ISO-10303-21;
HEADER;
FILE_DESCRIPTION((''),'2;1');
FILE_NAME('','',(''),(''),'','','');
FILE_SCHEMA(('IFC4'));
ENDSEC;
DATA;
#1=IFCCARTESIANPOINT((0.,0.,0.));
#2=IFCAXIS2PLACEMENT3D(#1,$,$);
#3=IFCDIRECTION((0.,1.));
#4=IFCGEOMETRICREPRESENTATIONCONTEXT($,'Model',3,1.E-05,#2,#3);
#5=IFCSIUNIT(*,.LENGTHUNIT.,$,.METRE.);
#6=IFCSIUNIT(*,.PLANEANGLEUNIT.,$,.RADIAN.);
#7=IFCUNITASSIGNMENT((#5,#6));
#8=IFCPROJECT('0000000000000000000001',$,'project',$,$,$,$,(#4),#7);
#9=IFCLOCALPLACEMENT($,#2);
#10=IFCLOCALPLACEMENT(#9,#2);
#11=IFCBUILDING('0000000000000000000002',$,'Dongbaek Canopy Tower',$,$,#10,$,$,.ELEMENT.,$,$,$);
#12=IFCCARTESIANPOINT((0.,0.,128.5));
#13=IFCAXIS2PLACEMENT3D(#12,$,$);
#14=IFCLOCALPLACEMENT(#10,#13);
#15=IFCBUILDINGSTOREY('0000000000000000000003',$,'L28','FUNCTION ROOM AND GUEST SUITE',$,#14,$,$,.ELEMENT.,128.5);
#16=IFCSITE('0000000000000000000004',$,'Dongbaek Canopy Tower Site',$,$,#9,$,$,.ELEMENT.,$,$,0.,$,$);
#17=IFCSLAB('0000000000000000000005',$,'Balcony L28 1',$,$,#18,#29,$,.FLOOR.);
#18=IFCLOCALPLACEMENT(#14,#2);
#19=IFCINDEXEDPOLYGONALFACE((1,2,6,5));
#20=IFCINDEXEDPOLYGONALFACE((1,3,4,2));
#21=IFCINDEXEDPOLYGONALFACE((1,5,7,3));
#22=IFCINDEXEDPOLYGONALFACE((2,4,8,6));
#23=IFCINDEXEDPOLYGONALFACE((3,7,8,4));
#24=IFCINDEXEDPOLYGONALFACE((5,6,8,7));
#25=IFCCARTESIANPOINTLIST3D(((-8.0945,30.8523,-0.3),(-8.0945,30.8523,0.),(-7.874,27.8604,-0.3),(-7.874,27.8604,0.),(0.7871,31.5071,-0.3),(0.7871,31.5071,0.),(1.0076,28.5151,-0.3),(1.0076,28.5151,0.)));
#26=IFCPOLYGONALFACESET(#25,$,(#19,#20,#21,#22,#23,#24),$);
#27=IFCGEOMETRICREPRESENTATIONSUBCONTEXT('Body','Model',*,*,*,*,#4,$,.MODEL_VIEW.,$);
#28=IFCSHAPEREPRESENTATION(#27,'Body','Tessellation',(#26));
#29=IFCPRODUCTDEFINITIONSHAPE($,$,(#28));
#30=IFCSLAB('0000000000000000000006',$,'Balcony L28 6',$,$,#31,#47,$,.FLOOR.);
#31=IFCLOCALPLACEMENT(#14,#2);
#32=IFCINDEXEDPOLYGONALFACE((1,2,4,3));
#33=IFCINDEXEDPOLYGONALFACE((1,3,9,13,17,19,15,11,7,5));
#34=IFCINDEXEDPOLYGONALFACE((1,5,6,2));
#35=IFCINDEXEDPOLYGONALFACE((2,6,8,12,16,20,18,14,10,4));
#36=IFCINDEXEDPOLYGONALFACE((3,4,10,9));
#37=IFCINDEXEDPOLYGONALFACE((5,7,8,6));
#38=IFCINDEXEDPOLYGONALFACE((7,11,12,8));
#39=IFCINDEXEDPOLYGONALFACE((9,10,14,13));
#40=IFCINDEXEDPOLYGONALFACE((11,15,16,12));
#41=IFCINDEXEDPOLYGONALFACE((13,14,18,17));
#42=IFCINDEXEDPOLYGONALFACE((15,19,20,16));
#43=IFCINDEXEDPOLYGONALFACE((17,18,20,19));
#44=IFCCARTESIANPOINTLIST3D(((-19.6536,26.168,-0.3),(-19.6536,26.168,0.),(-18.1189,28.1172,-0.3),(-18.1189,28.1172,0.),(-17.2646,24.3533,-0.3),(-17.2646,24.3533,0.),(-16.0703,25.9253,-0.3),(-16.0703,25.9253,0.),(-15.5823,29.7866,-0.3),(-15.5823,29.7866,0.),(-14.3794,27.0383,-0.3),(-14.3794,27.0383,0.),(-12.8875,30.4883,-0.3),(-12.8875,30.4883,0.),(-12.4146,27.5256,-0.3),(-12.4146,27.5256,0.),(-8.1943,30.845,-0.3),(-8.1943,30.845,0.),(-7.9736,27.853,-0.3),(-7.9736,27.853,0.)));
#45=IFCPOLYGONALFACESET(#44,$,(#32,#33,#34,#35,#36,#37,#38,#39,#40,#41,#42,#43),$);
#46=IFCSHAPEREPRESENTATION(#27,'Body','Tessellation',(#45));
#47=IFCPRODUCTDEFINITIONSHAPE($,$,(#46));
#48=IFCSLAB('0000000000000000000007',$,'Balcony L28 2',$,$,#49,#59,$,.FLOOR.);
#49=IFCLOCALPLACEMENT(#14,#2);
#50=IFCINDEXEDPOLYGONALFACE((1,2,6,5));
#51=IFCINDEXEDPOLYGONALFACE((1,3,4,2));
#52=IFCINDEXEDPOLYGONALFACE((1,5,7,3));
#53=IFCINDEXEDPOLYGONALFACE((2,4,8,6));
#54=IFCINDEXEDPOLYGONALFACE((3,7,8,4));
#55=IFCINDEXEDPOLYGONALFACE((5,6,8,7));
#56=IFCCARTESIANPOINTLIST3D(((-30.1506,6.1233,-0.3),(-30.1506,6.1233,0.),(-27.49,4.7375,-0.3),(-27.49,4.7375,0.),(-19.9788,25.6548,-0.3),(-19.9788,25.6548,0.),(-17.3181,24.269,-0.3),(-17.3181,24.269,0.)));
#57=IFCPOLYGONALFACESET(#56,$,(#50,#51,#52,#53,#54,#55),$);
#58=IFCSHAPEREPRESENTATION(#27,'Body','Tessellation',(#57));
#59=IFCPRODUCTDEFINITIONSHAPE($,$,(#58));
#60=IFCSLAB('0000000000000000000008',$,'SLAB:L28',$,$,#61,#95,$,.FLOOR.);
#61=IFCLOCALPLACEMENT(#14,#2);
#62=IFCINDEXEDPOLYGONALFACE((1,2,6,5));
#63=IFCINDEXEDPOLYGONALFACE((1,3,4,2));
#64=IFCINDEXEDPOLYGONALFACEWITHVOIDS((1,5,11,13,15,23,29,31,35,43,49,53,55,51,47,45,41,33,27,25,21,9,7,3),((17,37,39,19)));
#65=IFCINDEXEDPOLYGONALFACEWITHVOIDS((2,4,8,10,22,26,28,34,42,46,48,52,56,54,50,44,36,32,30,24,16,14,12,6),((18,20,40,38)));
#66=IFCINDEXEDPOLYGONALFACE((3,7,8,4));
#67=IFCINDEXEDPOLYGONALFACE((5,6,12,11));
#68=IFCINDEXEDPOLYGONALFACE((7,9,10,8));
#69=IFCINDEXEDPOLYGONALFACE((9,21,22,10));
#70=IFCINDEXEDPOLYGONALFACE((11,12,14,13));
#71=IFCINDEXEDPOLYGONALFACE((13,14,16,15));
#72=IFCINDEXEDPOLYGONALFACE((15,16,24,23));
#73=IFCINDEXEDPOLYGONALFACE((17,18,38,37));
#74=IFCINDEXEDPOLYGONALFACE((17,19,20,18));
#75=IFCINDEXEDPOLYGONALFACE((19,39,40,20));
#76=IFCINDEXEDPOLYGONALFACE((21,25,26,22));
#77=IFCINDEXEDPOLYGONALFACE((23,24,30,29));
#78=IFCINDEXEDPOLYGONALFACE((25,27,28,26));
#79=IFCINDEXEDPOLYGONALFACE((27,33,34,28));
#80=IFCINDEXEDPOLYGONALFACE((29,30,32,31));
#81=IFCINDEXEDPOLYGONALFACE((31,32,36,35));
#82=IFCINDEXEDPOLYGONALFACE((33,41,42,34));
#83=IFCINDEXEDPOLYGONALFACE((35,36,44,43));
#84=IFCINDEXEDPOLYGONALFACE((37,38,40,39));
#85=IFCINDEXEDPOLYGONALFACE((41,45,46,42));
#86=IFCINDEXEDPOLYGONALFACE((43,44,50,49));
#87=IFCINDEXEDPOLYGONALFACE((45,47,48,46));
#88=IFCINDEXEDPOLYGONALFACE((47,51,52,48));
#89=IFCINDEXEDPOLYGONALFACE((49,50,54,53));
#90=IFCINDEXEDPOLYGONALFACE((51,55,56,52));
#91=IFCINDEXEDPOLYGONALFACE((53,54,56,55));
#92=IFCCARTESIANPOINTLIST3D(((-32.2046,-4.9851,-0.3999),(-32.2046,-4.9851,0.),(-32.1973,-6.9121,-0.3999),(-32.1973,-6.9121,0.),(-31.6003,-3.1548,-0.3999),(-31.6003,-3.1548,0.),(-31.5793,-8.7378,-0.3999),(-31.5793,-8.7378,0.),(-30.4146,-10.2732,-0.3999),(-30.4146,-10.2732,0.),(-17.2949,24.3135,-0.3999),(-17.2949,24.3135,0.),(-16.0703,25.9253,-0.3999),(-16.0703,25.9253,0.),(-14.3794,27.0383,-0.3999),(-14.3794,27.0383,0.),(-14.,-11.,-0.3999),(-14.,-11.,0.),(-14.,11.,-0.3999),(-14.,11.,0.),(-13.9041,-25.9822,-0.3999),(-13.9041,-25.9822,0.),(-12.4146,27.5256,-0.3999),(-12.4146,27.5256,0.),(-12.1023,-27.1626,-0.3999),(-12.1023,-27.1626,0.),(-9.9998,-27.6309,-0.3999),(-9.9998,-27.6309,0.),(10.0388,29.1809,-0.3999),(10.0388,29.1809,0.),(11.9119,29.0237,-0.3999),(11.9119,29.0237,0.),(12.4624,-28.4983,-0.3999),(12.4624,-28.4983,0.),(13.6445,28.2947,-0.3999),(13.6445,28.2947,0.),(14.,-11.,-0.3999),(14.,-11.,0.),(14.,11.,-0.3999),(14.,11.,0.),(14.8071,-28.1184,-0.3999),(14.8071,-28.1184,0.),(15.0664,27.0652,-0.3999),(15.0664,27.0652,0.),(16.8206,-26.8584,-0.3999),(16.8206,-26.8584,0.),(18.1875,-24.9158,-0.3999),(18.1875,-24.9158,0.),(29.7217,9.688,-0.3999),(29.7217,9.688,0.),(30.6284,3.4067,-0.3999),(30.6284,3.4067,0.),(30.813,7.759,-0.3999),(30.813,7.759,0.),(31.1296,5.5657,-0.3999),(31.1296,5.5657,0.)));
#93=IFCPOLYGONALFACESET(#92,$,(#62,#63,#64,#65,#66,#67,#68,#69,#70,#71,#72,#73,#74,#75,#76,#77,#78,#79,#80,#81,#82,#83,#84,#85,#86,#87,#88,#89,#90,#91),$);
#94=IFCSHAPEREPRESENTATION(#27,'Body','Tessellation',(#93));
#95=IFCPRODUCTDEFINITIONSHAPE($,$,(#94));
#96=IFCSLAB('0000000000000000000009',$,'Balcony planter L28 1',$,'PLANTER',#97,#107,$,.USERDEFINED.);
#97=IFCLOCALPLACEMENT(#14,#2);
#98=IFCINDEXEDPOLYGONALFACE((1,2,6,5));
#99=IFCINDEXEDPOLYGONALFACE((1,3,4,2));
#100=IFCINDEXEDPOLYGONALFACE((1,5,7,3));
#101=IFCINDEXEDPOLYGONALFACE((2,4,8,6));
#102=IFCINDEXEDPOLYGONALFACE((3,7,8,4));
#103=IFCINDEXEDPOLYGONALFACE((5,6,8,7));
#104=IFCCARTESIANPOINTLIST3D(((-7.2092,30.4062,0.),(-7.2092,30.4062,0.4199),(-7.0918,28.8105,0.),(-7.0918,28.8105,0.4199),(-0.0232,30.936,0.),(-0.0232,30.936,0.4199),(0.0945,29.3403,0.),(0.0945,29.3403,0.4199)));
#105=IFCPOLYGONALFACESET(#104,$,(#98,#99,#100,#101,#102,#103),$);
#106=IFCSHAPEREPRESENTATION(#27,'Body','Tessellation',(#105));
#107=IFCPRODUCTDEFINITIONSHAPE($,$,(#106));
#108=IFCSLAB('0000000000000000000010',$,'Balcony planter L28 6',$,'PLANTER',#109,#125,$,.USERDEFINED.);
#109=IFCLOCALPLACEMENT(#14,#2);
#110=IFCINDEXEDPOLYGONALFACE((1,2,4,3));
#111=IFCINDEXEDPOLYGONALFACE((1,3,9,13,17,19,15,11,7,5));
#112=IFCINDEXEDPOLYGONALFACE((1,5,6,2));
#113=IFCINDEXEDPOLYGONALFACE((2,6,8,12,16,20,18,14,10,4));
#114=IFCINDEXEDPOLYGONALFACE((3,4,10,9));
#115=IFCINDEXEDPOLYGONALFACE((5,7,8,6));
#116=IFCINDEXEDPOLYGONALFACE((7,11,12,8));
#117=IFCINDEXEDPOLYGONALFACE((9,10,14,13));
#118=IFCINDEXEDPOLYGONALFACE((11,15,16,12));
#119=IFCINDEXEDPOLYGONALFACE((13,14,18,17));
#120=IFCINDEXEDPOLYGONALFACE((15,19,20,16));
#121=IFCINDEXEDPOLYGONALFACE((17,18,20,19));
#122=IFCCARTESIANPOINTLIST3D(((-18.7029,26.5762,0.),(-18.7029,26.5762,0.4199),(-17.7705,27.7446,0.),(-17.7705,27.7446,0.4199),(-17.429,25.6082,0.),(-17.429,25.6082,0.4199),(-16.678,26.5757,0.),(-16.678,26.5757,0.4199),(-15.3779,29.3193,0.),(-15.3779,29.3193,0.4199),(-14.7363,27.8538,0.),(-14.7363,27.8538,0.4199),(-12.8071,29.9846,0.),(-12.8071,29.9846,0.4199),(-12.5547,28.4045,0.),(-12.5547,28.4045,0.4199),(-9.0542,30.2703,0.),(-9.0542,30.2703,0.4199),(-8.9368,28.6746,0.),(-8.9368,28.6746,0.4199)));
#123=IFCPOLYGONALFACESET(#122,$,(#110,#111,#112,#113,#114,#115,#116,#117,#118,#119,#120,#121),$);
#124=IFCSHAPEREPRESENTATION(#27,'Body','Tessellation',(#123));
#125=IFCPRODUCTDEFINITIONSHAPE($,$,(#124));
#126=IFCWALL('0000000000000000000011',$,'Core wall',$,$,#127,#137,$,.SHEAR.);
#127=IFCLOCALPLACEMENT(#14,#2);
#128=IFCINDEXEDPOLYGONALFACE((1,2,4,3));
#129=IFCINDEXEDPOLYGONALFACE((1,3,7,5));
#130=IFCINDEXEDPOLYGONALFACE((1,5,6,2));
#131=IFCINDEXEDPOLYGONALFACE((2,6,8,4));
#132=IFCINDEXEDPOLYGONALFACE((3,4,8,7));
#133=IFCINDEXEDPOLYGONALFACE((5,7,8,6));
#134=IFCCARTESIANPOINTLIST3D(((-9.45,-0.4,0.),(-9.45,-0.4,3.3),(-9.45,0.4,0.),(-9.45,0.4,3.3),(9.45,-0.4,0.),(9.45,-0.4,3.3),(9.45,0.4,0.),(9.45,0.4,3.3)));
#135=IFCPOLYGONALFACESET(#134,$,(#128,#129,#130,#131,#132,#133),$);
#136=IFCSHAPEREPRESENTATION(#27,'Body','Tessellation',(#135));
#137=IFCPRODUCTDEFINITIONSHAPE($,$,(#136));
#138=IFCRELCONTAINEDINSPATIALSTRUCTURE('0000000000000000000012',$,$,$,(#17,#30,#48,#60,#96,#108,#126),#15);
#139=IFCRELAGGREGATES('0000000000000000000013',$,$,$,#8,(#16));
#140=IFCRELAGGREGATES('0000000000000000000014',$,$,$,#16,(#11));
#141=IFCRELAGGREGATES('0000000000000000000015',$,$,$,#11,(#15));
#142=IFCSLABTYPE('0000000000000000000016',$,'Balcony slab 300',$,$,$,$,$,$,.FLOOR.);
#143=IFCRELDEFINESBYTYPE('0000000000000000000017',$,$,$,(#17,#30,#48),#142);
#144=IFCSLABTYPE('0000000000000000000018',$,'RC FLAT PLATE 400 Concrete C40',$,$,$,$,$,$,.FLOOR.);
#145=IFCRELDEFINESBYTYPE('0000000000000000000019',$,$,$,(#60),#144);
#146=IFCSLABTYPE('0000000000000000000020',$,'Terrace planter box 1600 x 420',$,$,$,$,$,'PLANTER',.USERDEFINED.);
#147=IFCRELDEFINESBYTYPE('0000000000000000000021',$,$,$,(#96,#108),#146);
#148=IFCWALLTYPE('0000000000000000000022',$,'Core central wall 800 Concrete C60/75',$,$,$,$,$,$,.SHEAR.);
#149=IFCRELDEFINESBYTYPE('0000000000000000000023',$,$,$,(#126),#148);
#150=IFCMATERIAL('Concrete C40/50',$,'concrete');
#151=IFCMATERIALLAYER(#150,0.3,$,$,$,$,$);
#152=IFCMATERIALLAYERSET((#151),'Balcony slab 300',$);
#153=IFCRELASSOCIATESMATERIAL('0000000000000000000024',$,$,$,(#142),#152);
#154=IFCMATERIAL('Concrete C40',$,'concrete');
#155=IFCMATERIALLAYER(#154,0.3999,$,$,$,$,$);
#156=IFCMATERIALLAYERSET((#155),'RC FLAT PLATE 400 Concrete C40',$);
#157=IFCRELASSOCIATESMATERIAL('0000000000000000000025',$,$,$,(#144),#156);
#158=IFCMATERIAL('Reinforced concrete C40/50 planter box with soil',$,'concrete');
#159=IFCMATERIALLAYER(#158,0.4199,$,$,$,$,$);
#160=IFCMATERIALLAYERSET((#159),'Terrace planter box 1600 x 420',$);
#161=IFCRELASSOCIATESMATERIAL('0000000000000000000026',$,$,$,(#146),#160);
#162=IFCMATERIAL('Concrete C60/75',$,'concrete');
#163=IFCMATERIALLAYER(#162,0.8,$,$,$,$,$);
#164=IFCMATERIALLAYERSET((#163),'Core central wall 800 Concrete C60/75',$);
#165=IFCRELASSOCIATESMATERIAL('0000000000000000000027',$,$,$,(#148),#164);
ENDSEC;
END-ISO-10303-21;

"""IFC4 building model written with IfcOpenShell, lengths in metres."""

from ifc_helpers import new_model, si_unit, direction, frame, frame_2d, origin, place, context, subcontext, project, spatial, polyline, rectangle, outline, extrude, material, layer, layer_set, type_object, element, save


model = new_model("IFC4")

# Units and contexts
model_context = context("Model", 3, precision=1e-05, world=origin(), true_north=direction((0.0, 1.0)))
body_context = subcontext(model_context, "Body", "Model", "MODEL_VIEW")
ifc_project = project(units=[si_unit("LENGTHUNIT", "METRE"), si_unit("PLANEANGLEUNIT", "RADIAN")], contexts=[model_context])

# Site, building, storey
site_placement = place(None, origin())
site = spatial("IfcSite", under=ifc_project, at=site_placement, Name="Dongbaek Canopy Tower Site", CompositionType="ELEMENT", RefElevation=0.0)
building_placement = place(site_placement, origin())
building = spatial("IfcBuilding", under=site, at=building_placement, Name="Dongbaek Canopy Tower", CompositionType="ELEMENT")
storey_placement = place(building_placement, frame((0.0, 0.0, 128.5)))
storey = spatial("IfcBuildingStorey", under=building, at=storey_placement, Name="L28", Description="FUNCTION ROOM AND GUEST SUITE", CompositionType="ELEMENT", Elevation=128.5)

# Slabs
ifc_material_1 = material(Name="Concrete C40/50", Category="concrete")
ifc_layer_1 = layer(ifc_material_1, 0.3)
ifc_layer_set_1 = layer_set([ifc_layer_1], Name="Balcony slab 300")
slab_type_1 = type_object("IfcSlabType", Name="Balcony slab 300", PredefinedType="FLOOR", material=ifc_layer_set_1)
slab_1_placement = place(storey_placement, frame((0.0, 0.0, -0.3)))
element("IfcSlab", 1, at=slab_1_placement, inside=storey, type_object=slab_type_1, Name="Balcony L28 1", PredefinedType="FLOOR", context=body_context, shape_type="SweptSolid", body=[
    extrude(outline(polyline([(1.0076, 28.5151), (-7.874, 27.8604), (-8.0945, 30.8523), (0.7871, 31.5071), (1.0076, 28.5151)])), origin(), (0.0, 0.0, 1.0), 0.3),
])
slab_2_placement = place(storey_placement, frame((0.0, 0.0, -0.3)))
element("IfcSlab", 2, at=slab_2_placement, inside=storey, type_object=slab_type_1, Name="Balcony L28 6", PredefinedType="FLOOR", context=body_context, shape_type="SweptSolid", body=[
    extrude(outline(polyline([(-7.9736, 27.853), (-12.4146, 27.5256), (-14.3794, 27.0383), (-16.0703, 25.9253), (-17.2646, 24.3533), (-19.6536, 26.168), (-18.1189, 28.1172), (-15.5823, 29.7866), (-12.8875, 30.4883), (-8.1943, 30.845), (-7.9736, 27.853)])), origin(), (0.0, 0.0, 1.0), 0.3),
])
slab_3_placement = place(storey_placement, frame((0.0, 0.0, -0.3)))
element("IfcSlab", 3, at=slab_3_placement, inside=storey, type_object=slab_type_1, Name="Balcony L28 2", PredefinedType="FLOOR", context=body_context, shape_type="SweptSolid", body=[
    extrude(outline(polyline([(-17.3181, 24.269), (-27.49, 4.7375), (-30.1506, 6.1233), (-19.9788, 25.6548), (-17.3181, 24.269)])), origin(), (0.0, 0.0, 1.0), 0.3),
])
ifc_material_2 = material(Name="Concrete C40", Category="concrete")
ifc_layer_2 = layer(ifc_material_2, 0.3999)
ifc_layer_set_2 = layer_set([ifc_layer_2], Name="RC FLAT PLATE 400 Concrete C40")
slab_type_2 = type_object("IfcSlabType", Name="RC FLAT PLATE 400 Concrete C40", PredefinedType="FLOOR", material=ifc_layer_set_2)
slab_4_placement = place(storey_placement, frame((0.0, 0.0, -0.3999)))
element("IfcSlab", 4, at=slab_4_placement, inside=storey, type_object=slab_type_2, Name="SLAB:L28", PredefinedType="FLOOR", context=body_context, shape_type="SweptSolid", body=[
    extrude(outline(polyline([(18.1875, -24.9158), (16.8206, -26.8584), (14.8071, -28.1184), (12.4624, -28.4983), (-9.9998, -27.6309), (-12.1023, -27.1626), (-13.9041, -25.9822), (-30.4146, -10.2732), (-31.5793, -8.7378), (-32.1973, -6.9121), (-32.2046, -4.9851), (-31.6003, -3.1548), (-17.2949, 24.3135), (-16.0703, 25.9253), (-14.3794, 27.0383), (-12.4146, 27.5256), (10.0388, 29.1809), (11.9119, 29.0237), (13.6445, 28.2947), (15.0664, 27.0652), (29.7217, 9.688), (30.813, 7.759), (31.1296, 5.5657), (30.6284, 3.4067), (18.1875, -24.9158)]), holes=[polyline([(14.0, 11.0), (-14.0, 11.0), (-14.0, -11.0), (14.0, -11.0), (14.0, 11.0)])]), origin(), (0.0, 0.0, 1.0), 0.3999),
])
ifc_material_3 = material(Name="Reinforced concrete C40/50 planter box with soil", Category="concrete")
ifc_layer_3 = layer(ifc_material_3, 0.4199)
ifc_layer_set_3 = layer_set([ifc_layer_3], Name="Terrace planter box 1600 x 420")
slab_type_3 = type_object("IfcSlabType", Name="Terrace planter box 1600 x 420", ElementType="PLANTER", PredefinedType="USERDEFINED", material=ifc_layer_set_3)
slab_5_placement = place(storey_placement, origin())
element("IfcSlab", 5, at=slab_5_placement, inside=storey, type_object=slab_type_3, Name="Balcony planter L28 1", ObjectType="PLANTER", PredefinedType="USERDEFINED", context=body_context, shape_type="SweptSolid", body=[
    extrude(outline(polyline([(0.0945, 29.3403), (-7.0918, 28.8105), (-7.2092, 30.4062), (-0.0232, 30.936), (0.0945, 29.3403)])), origin(), (0.0, 0.0, 1.0), 0.4199),
])
slab_6_placement = place(storey_placement, origin())
element("IfcSlab", 6, at=slab_6_placement, inside=storey, type_object=slab_type_3, Name="Balcony planter L28 6", ObjectType="PLANTER", PredefinedType="USERDEFINED", context=body_context, shape_type="SweptSolid", body=[
    extrude(outline(polyline([(-8.9368, 28.6746), (-12.5547, 28.4045), (-14.7363, 27.8538), (-16.678, 26.5757), (-17.429, 25.6082), (-18.7029, 26.5762), (-17.7705, 27.7446), (-15.3779, 29.3193), (-12.8071, 29.9846), (-9.0542, 30.2703), (-8.9368, 28.6746)])), origin(), (0.0, 0.0, 1.0), 0.4199),
])

# Wall
ifc_material_4 = material(Name="Concrete C60/75", Category="concrete")
ifc_layer_4 = layer(ifc_material_4, 0.8)
ifc_layer_set_4 = layer_set([ifc_layer_4], Name="Core central wall 800 Concrete C60/75")
wall_type_1 = type_object("IfcWallType", Name="Core central wall 800 Concrete C60/75", PredefinedType="SHEAR", material=ifc_layer_set_4)
wall_1_placement = place(storey_placement, frame((-9.45, 0.0, 0.0), z_axis=(0.0, 0.0, 1.0), x_axis=(1.0, 0.0, 0.0)))
element("IfcWall", 7, at=wall_1_placement, inside=storey, type_object=wall_type_1, Name="Core wall", PredefinedType="SHEAR", context=body_context, shape_type="SweptSolid", body=[
    extrude(rectangle(XDim=18.8999, YDim=0.8, at=frame_2d((9.45, 0.0))), origin(), (0.0, 0.0, 1.0), 3.3),
])

save(model, "model.ifc")
